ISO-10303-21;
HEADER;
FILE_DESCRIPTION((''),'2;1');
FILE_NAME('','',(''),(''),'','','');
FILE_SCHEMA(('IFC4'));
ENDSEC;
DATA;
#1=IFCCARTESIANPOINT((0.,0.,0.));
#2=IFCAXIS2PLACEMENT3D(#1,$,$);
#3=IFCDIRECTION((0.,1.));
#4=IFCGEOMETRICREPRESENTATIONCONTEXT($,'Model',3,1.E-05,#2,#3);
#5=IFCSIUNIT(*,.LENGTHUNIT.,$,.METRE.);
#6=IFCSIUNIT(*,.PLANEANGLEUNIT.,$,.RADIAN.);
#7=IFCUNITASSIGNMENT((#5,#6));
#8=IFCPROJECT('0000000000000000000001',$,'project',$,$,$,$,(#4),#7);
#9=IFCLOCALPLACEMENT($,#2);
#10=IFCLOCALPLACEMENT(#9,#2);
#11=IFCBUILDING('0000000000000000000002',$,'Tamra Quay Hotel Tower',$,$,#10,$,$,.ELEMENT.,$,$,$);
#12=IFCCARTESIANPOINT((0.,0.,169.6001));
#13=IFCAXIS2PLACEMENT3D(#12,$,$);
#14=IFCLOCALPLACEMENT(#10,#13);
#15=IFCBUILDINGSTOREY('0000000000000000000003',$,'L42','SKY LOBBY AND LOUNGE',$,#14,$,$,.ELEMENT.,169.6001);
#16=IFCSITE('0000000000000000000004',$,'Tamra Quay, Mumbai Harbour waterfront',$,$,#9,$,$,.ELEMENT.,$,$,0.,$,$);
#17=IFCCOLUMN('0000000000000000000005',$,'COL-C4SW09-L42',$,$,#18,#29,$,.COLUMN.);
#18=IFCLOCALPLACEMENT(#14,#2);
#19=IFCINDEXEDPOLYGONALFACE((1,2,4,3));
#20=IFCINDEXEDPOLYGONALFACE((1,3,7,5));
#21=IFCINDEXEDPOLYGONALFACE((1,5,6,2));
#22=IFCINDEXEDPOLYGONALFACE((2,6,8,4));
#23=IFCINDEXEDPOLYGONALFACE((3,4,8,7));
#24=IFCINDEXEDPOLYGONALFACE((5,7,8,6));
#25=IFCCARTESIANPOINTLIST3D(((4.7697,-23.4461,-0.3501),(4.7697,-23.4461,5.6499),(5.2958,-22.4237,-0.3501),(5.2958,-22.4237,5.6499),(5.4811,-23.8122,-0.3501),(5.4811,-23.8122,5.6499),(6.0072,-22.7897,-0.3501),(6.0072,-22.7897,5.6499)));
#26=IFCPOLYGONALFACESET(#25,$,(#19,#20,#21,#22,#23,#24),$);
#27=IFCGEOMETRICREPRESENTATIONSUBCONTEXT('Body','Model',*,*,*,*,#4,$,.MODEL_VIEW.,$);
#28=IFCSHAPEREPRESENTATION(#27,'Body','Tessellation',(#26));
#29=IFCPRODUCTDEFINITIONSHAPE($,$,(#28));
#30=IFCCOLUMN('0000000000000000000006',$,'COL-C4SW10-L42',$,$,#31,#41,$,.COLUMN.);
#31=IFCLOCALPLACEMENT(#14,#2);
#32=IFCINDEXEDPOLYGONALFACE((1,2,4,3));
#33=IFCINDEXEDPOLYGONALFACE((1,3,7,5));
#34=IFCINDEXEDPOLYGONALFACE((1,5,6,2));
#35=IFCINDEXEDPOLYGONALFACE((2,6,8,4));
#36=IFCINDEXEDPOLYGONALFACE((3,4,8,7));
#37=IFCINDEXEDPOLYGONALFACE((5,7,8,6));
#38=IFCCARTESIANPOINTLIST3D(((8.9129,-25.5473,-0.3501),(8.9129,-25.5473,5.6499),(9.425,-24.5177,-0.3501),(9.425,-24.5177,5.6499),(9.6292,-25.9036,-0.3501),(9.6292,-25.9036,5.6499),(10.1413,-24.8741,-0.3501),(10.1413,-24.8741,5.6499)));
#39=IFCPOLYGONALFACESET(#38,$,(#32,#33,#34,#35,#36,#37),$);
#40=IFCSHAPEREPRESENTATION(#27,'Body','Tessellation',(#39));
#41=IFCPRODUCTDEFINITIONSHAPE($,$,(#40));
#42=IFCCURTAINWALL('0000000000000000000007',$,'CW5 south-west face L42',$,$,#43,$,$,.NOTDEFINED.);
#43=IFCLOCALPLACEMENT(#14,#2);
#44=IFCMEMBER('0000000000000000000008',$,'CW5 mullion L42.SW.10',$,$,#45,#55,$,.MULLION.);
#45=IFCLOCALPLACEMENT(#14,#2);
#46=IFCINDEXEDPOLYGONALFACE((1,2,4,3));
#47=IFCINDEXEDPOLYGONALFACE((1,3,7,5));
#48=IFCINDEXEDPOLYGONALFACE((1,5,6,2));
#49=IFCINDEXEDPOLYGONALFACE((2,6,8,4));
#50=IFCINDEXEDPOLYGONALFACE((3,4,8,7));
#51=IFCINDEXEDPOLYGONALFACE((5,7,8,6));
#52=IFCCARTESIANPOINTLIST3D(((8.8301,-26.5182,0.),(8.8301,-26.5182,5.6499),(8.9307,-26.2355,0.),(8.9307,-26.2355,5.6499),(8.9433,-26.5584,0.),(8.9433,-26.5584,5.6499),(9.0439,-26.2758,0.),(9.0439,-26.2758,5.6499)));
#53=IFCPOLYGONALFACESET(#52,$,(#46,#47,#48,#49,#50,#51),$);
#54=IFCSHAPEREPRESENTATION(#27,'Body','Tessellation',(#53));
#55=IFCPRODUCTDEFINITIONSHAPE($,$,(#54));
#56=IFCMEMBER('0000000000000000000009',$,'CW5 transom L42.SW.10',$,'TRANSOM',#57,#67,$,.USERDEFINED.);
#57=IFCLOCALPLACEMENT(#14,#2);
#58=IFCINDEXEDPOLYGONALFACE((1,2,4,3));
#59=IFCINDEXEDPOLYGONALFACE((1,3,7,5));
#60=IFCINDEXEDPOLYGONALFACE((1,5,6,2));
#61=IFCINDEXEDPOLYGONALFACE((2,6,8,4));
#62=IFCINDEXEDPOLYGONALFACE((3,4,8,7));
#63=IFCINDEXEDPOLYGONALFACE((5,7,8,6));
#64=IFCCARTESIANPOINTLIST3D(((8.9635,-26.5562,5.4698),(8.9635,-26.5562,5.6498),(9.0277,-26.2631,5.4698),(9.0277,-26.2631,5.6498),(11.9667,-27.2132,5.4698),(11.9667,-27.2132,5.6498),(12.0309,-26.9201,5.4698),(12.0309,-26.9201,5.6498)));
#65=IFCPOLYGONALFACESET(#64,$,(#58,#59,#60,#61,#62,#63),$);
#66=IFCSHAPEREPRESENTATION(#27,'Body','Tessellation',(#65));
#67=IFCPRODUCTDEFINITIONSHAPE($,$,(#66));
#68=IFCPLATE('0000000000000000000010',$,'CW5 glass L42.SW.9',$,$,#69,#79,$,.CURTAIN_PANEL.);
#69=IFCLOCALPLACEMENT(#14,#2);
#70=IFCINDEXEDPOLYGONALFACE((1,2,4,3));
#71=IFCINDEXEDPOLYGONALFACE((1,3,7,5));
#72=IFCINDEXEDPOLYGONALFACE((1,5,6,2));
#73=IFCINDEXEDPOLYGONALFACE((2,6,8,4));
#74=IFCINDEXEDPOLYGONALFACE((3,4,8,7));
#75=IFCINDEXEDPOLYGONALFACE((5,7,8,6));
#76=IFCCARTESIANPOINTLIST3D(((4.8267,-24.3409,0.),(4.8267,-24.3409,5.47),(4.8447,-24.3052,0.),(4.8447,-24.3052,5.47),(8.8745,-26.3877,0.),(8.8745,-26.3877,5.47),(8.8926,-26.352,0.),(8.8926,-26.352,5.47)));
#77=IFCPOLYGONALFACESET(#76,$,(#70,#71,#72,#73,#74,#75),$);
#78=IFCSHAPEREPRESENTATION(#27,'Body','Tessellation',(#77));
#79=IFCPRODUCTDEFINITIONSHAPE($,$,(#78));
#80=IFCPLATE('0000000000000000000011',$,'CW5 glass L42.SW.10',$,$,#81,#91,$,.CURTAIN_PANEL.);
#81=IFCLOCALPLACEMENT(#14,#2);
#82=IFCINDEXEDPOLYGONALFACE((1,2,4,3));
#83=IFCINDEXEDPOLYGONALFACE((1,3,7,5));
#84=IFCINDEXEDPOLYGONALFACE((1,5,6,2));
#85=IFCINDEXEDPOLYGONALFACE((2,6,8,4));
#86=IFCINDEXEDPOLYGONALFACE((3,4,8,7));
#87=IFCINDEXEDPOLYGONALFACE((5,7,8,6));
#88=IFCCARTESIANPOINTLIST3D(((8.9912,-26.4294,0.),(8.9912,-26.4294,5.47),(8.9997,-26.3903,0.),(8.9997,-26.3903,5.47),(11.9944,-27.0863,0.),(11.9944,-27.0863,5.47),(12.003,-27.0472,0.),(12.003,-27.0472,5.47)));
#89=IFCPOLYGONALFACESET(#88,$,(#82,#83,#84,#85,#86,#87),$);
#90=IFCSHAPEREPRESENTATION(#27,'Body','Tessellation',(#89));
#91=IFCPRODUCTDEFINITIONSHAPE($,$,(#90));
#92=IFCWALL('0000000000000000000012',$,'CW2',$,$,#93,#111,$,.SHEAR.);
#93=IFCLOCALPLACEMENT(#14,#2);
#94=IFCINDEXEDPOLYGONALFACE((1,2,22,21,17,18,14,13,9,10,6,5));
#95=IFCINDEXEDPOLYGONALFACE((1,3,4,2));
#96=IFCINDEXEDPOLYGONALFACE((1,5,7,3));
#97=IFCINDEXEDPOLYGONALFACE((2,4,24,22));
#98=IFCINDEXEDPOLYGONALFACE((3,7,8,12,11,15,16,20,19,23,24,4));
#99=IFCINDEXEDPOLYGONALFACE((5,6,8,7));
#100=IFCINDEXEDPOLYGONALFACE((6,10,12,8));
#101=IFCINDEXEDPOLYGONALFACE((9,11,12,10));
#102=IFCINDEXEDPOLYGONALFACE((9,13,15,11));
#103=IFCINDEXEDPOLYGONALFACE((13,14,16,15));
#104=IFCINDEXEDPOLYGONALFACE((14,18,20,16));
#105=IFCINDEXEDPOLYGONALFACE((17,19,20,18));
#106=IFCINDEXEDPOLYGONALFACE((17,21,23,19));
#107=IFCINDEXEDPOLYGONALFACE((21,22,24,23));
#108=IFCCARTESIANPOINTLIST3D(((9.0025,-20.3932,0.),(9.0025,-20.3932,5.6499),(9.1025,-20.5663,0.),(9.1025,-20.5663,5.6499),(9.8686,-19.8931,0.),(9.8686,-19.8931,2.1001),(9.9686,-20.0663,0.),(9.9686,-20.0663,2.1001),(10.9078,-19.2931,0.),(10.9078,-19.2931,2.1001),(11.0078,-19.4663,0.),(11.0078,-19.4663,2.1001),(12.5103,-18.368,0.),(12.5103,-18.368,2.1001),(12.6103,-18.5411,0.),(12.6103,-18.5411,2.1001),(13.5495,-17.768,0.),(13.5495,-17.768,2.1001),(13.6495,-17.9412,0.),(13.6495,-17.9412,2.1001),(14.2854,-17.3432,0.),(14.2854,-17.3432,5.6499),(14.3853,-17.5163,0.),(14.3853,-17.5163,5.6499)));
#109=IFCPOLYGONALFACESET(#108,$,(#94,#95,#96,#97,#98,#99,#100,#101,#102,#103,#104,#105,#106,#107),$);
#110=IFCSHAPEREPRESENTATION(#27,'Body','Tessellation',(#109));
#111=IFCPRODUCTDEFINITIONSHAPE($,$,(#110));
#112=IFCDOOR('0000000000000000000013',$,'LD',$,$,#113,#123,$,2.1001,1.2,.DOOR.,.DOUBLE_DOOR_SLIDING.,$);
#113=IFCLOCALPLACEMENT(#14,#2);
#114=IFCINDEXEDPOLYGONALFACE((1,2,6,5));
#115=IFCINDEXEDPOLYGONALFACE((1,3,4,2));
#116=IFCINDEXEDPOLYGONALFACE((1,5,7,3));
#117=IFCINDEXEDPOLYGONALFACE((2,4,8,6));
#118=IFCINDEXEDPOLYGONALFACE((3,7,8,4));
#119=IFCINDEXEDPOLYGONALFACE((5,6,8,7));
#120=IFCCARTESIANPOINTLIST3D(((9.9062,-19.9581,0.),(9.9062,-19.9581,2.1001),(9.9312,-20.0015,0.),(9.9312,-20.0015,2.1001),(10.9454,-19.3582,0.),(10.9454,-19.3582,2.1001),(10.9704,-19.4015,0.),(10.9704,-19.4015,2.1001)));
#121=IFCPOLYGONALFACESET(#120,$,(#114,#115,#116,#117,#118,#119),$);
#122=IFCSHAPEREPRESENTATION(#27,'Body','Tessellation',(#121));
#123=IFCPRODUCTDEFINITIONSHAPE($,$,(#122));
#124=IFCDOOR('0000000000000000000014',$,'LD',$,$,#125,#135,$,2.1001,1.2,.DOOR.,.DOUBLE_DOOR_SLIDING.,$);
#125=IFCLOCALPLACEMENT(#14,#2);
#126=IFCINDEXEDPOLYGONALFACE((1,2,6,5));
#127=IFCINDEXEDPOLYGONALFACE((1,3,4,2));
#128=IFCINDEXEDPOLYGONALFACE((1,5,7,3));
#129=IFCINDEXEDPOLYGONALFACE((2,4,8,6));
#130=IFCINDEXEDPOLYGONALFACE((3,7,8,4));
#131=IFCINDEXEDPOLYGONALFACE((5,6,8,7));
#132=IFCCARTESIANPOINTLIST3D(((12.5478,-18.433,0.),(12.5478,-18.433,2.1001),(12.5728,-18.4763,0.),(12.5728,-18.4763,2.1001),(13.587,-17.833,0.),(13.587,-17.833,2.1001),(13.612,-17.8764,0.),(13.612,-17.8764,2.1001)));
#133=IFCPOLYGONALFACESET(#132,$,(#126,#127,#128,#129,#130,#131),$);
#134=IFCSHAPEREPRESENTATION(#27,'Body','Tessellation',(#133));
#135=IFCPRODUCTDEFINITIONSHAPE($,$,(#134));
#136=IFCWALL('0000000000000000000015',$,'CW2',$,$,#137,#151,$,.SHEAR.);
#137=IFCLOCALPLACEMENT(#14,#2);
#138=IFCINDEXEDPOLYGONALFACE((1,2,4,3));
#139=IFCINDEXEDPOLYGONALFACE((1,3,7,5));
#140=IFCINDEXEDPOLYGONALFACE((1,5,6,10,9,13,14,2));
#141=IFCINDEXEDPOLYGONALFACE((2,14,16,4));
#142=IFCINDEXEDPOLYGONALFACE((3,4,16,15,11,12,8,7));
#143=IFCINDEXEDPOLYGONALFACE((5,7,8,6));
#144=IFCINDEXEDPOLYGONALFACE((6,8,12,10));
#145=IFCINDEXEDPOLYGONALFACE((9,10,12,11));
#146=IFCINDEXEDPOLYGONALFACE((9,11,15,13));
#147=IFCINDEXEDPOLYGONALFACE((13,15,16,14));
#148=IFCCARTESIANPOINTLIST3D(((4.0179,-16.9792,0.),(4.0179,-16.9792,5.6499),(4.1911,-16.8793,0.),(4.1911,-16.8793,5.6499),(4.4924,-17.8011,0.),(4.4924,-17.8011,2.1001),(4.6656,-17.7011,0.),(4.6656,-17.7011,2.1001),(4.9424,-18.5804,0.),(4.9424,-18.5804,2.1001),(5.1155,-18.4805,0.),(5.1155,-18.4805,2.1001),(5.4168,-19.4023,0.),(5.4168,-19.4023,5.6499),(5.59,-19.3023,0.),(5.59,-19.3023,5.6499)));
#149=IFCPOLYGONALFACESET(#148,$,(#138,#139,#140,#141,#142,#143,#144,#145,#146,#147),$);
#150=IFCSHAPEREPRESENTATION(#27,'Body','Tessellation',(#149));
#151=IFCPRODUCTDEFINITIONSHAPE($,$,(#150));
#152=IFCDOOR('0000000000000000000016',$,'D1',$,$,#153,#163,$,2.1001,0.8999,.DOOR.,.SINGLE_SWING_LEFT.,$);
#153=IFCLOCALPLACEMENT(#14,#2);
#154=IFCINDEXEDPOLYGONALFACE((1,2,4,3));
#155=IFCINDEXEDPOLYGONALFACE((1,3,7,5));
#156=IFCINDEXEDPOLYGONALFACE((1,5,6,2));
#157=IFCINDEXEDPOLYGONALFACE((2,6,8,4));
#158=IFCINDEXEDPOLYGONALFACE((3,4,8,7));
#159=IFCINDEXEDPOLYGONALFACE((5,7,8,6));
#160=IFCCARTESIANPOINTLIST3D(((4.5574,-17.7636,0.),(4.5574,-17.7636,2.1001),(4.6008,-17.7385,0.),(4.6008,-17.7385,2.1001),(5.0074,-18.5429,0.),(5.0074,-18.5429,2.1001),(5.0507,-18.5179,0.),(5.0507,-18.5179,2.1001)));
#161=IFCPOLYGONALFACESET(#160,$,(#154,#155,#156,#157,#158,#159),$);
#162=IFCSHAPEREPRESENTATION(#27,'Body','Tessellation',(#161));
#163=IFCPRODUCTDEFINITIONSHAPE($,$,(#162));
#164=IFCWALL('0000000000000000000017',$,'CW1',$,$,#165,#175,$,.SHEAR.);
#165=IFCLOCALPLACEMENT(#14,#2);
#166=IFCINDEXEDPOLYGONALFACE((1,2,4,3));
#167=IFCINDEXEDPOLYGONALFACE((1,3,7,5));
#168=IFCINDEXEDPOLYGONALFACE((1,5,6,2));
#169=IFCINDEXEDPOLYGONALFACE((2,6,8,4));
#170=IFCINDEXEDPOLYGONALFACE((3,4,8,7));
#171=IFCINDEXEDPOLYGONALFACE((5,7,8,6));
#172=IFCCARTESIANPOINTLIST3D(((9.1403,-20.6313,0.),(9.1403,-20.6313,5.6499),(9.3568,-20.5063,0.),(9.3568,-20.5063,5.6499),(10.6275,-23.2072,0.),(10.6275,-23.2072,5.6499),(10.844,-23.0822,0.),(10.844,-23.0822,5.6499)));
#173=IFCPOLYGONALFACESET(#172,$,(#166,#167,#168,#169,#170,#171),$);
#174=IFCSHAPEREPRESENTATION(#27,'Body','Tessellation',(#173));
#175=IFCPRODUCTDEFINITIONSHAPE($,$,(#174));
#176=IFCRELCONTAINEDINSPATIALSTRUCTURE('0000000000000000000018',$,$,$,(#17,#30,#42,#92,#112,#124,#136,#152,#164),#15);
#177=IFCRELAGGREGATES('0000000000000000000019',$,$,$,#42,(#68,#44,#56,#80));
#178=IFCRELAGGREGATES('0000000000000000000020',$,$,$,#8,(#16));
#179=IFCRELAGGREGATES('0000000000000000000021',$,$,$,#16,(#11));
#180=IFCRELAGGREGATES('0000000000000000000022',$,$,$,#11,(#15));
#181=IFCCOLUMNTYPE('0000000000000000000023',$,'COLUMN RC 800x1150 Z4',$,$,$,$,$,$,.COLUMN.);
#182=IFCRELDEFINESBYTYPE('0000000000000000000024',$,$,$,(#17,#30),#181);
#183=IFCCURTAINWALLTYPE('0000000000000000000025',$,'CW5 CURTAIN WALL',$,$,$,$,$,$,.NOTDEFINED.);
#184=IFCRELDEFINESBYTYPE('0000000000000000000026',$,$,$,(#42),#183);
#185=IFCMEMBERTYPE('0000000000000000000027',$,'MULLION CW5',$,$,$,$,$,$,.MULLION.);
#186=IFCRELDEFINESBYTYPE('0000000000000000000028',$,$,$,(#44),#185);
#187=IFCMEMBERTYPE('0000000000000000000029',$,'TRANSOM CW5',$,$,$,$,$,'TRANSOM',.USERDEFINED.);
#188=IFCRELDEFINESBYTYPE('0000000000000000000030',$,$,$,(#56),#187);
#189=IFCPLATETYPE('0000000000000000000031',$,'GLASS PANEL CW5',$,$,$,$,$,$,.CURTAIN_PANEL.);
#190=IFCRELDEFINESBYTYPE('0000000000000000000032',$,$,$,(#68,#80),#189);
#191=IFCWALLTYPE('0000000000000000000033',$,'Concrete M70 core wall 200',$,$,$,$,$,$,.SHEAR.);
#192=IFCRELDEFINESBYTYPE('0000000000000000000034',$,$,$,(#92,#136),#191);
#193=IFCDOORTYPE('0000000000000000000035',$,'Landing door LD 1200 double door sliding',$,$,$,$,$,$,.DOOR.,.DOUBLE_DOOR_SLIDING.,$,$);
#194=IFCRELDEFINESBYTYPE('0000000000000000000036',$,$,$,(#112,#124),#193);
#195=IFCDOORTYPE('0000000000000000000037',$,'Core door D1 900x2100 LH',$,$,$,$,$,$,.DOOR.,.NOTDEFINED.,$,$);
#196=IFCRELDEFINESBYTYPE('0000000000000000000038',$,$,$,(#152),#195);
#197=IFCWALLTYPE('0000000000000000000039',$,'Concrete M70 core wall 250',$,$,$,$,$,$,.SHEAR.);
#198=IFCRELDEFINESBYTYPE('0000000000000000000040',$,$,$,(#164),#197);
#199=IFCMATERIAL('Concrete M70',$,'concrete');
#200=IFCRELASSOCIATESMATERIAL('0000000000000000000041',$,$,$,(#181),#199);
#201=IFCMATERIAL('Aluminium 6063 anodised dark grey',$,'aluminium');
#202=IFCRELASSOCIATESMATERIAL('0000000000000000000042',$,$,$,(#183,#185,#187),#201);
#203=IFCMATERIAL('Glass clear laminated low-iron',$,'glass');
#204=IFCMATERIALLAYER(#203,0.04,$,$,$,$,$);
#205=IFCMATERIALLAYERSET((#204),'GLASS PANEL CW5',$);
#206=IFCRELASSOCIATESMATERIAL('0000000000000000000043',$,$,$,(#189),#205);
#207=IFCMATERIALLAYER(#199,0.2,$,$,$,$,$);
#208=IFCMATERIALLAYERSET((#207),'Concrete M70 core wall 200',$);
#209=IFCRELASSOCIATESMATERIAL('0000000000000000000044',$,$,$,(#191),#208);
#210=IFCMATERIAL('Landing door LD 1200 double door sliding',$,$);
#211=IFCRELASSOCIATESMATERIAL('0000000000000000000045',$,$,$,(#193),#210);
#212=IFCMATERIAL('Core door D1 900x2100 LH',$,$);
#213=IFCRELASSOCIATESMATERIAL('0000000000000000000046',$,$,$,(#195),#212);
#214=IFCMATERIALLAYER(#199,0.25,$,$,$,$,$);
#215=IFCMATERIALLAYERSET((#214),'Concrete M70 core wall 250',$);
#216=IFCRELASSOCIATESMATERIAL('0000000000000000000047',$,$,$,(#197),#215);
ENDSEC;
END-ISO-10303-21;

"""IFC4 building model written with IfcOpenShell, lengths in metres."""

from ifc_helpers import new_model, si_unit, direction, frame, frame_2d, origin, origin_2d, place, context, subcontext, project, spatial, rectangle, extrude, material, layer, layer_set, material_profile, profile_set, type_object, element, fill, aggregate, save


model = new_model("IFC4")

# Units and contexts
model_context = context("Model", 3, precision=1e-05, world=origin(), true_north=direction((0.0, 1.0)))
body_context = subcontext(model_context, "Body", "Model", "MODEL_VIEW")
ifc_project = project(units=[si_unit("LENGTHUNIT", "METRE"), si_unit("PLANEANGLEUNIT", "RADIAN")], contexts=[model_context])

# Site, building, storey
site_placement = place(None, origin())
site = spatial("IfcSite", under=ifc_project, at=site_placement, Name="Tamra Quay, Mumbai Harbour waterfront", CompositionType="ELEMENT", RefElevation=0.0)
building_placement = place(site_placement, origin())
building = spatial("IfcBuilding", under=site, at=building_placement, Name="Tamra Quay Hotel Tower", CompositionType="ELEMENT")
storey_placement = place(building_placement, frame((0.0, 0.0, 169.6001)))
storey = spatial("IfcBuildingStorey", under=building, at=storey_placement, Name="L42", Description="SKY LOBBY AND LOUNGE", CompositionType="ELEMENT", Elevation=169.6001)

# Columns
ifc_material_1 = material(Name="Concrete M70", Category="concrete")
ifc_material_profile_1 = material_profile(ifc_material_1, rectangle(XDim=1.1499, YDim=0.8, at=origin_2d()), Name="COLUMN RC 800x1150 Z4")
ifc_profile_set_1 = profile_set([ifc_material_profile_1], Name="Concrete M70")
column_type = type_object("IfcColumnType", Name="COLUMN RC 800x1150 Z4", PredefinedType="COLUMN", material=ifc_profile_set_1)
for number, where, z_axis, x_axis, name in (
    (1, (5.3884, -23.1179, -0.3501), (0.0, 0.0, 1.0), (0.457548, 0.889185, 0.0), "COL-C4SW09-L42"),
    (2, (9.5271, -25.2107, -0.3501), (0.0, 0.0, 1.0), (0.445415, 0.895324, 0.0), "COL-C4SW10-L42"),
):
    element("IfcColumn", number, at=place(storey_placement, frame(where, z_axis=z_axis, x_axis=x_axis)), inside=storey, type_object=column_type, Name=name, PredefinedType="COLUMN", context=body_context, shape_type="SweptSolid", body=[
        extrude(rectangle(XDim=1.1499, YDim=0.8, at=origin_2d()), origin(), (0.0, 0.0, 1.0), 6.0),
    ])

# Curtain wall, members, plates
ifc_material_2 = material(Name="Aluminium 6063 anodised dark grey", Category="aluminium")
curtain_wall_type = type_object("IfcCurtainWallType", Name="CW5 CURTAIN WALL", PredefinedType="NOTDEFINED", material=ifc_material_2)
curtain_wall_placement = place(storey_placement, origin())
curtain_wall = element("IfcCurtainWall", 3, at=curtain_wall_placement, inside=storey, type_object=curtain_wall_type, Name="CW5 south-west face L42", PredefinedType="NOTDEFINED")
ifc_material_profile_2 = material_profile(ifc_material_2, rectangle(XDim=0.3, YDim=0.1201, at=origin_2d()), Name="MULLION 120X300")
ifc_profile_set_2 = profile_set([ifc_material_profile_2], Name="Aluminium 6063 anodised dark grey")
member_type_1 = type_object("IfcMemberType", Name="MULLION CW5", PredefinedType="MULLION", material=ifc_profile_set_2)
member_1_placement = place(storey_placement, frame((8.937, -26.397, 0.0), z_axis=(0.0, 0.0, 1.0), x_axis=(-0.335128, -0.942173, 0.0)))
member_1 = element("IfcMember", 4, at=member_1_placement, type_object=member_type_1, Name="CW5 mullion L42.SW.10", PredefinedType="MULLION", context=body_context, shape_type="SweptSolid", body=[
    extrude(rectangle(XDim=0.3, YDim=0.1201, at=origin_2d()), origin(), (0.0, 0.0, 1.0), 5.6499),
])
ifc_material_profile_3 = material_profile(ifc_material_2, rectangle(XDim=0.3, YDim=0.1799, at=origin_2d()), Name="TRANSOM 300X180")
ifc_profile_set_3 = profile_set([ifc_material_profile_3], Name="Aluminium 6063 anodised dark grey")
member_type_2 = type_object("IfcMemberType", Name="TRANSOM CW5", ElementType="TRANSOM", PredefinedType="USERDEFINED", material=ifc_profile_set_3)
member_2_placement = place(storey_placement, frame((8.9956, -26.4097, 5.5598), z_axis=(0.976897, -0.213709, 0.0), x_axis=(0.213709, 0.976897, 0.0)))
member_2 = element("IfcMember", 5, at=member_2_placement, type_object=member_type_2, Name="CW5 transom L42.SW.10", ObjectType="TRANSOM", PredefinedType="USERDEFINED", context=body_context, shape_type="SweptSolid", body=[
    extrude(rectangle(XDim=0.3, YDim=0.1799, at=origin_2d()), origin(), (0.0, 0.0, 1.0), 3.0742),
])
ifc_material_3 = material(Name="Glass clear laminated low-iron", Category="glass")
ifc_layer_1 = layer(ifc_material_3, 0.04)
ifc_layer_set_1 = layer_set([ifc_layer_1], Name="GLASS PANEL CW5")
plate_type = type_object("IfcPlateType", Name="GLASS PANEL CW5", PredefinedType="CURTAIN_PANEL", material=ifc_layer_set_1)
plate_1_placement = place(storey_placement, frame((6.8596, -25.3464, 0.0), z_axis=(0.0, 0.0, 1.0), x_axis=(0.892403, -0.451239, 0.0)))
plate_1 = element("IfcPlate", 6, at=plate_1_placement, type_object=plate_type, Name="CW5 glass L42.SW.9", PredefinedType="CURTAIN_PANEL", context=body_context, shape_type="SweptSolid", body=[
    extrude(rectangle(XDim=4.5359, YDim=0.04, at=origin_2d()), origin(), (0.0, 0.0, 1.0), 5.47),
])
plate_2_placement = place(storey_placement, frame((10.4971, -26.7383, 0.0), z_axis=(0.0, 0.0, 1.0), x_axis=(0.976906, -0.213669, 0.0)))
plate_2 = element("IfcPlate", 7, at=plate_2_placement, type_object=plate_type, Name="CW5 glass L42.SW.10", PredefinedType="CURTAIN_PANEL", context=body_context, shape_type="SweptSolid", body=[
    extrude(rectangle(XDim=3.0742, YDim=0.04, at=origin_2d()), origin(), (0.0, 0.0, 1.0), 5.47),
])
aggregate(curtain_wall, [plate_1, member_1, member_2, plate_2])

# Wall, openings, doors
ifc_layer_2 = layer(ifc_material_1, 0.2)
ifc_layer_set_2 = layer_set([ifc_layer_2], Name="Concrete M70 core wall 200")
wall_type_1 = type_object("IfcWallType", Name="Concrete M70 core wall 200", PredefinedType="SHEAR", material=ifc_layer_set_2)
wall_1_placement = place(storey_placement, frame((9.0525, -20.4797, 0.0), z_axis=(0.0, 0.0, 1.0), x_axis=(0.86603, 0.499992, 0.0)))
wall_1 = element("IfcWall", 8, at=wall_1_placement, inside=storey, type_object=wall_type_1, Name="CW2", PredefinedType="SHEAR", context=body_context, shape_type="SweptSolid", body=[
    extrude(rectangle(XDim=6.1001, YDim=0.2, at=frame_2d((3.05, 0.0))), origin(), (0.0, 0.0, 1.0), 5.6499),
])
opening_1_placement = place(wall_1_placement, frame((1.0, 0.0, 0.0)))
opening_1 = element("IfcOpeningElement", 9, at=opening_1_placement, cuts=wall_1, PredefinedType="OPENING", context=body_context, shape_type="SweptSolid", body=[
    extrude(rectangle(XDim=1.2, YDim=2.1001, at=frame_2d((0.6001, 1.05))), frame((0.0, 0.1099, 0.0), z_axis=(0.0, -1.0, 0.0), x_axis=(1.0, 0.0, 0.0)), (0.0, 0.0, 1.0), 0.22),
])
opening_2_placement = place(wall_1_placement, frame((4.0503, 0.0, 0.0)))
opening_2 = element("IfcOpeningElement", 10, at=opening_2_placement, cuts=wall_1, PredefinedType="OPENING", context=body_context, shape_type="SweptSolid", body=[
    extrude(rectangle(XDim=1.2, YDim=2.1001, at=frame_2d((0.6001, 1.05))), frame((0.0, 0.1099, 0.0), z_axis=(0.0, -1.0, 0.0), x_axis=(1.0, 0.0, 0.0)), (0.0, 0.0, 1.0), 0.22),
])
ifc_material_4 = material(Name="Landing door LD 1200 double door sliding")
door_type_1 = type_object("IfcDoorType", Name="Landing door LD 1200 double door sliding", OperationType="DOUBLE_DOOR_SLIDING", PredefinedType="DOOR", material=ifc_material_4)
door_1_placement = place(opening_1_placement, origin())
door_1 = element("IfcDoor", 11, at=door_1_placement, inside=storey, type_object=door_type_1, Name="LD", OperationType="DOUBLE_DOOR_SLIDING", OverallHeight=2.1001, OverallWidth=1.2, PredefinedType="DOOR", context=body_context, shape_type="SweptSolid", body=[
    extrude(rectangle(XDim=1.2, YDim=2.1001, at=frame_2d((0.6001, 1.05))), frame((0.0, 0.0249, 0.0), z_axis=(0.0, -1.0, 0.0), x_axis=(1.0, 0.0, 0.0)), (0.0, 0.0, 1.0), 0.05),
])
fill(opening_1, door_1)
door_2_placement = place(opening_2_placement, origin())
door_2 = element("IfcDoor", 12, at=door_2_placement, inside=storey, type_object=door_type_1, Name="LD", OperationType="DOUBLE_DOOR_SLIDING", OverallHeight=2.1001, OverallWidth=1.2, PredefinedType="DOOR", context=body_context, shape_type="SweptSolid", body=[
    extrude(rectangle(XDim=1.2, YDim=2.1001, at=frame_2d((0.6001, 1.05))), frame((0.0, 0.0249, 0.0), z_axis=(0.0, -1.0, 0.0), x_axis=(1.0, 0.0, 0.0)), (0.0, 0.0, 1.0), 0.05),
])
fill(opening_2, door_2)

# Wall, opening, door
wall_2_placement = place(storey_placement, frame((5.5034, -19.3523, 0.0), z_axis=(0.0, 0.0, 1.0), x_axis=(-0.499987, 0.866033, 0.0)))
wall_2 = element("IfcWall", 13, at=wall_2_placement, inside=storey, type_object=wall_type_1, Name="CW2", PredefinedType="SHEAR", context=body_context, shape_type="SweptSolid", body=[
    extrude(rectangle(XDim=2.7979, YDim=0.2, at=frame_2d((1.3989, 0.0))), origin(), (0.0, 0.0, 1.0), 5.6499),
])
opening_3_placement = place(wall_2_placement, frame((0.949, 0.0, 0.0)))
opening_3 = element("IfcOpeningElement", 14, at=opening_3_placement, cuts=wall_2, PredefinedType="OPENING", context=body_context, shape_type="SweptSolid", body=[
    extrude(rectangle(XDim=0.8999, YDim=2.1001, at=frame_2d((0.45, 1.05))), frame((0.0, 0.1099, 0.0), z_axis=(0.0, -1.0, 0.0), x_axis=(1.0, 0.0, 0.0)), (0.0, 0.0, 1.0), 0.22),
])
ifc_material_5 = material(Name="Core door D1 900x2100 LH")
door_type_2 = type_object("IfcDoorType", Name="Core door D1 900x2100 LH", OperationType="NOTDEFINED", PredefinedType="DOOR", material=ifc_material_5)
door_3_placement = place(opening_3_placement, origin())
door_3 = element("IfcDoor", 15, at=door_3_placement, inside=storey, type_object=door_type_2, Name="D1", OperationType="SINGLE_SWING_LEFT", OverallHeight=2.1001, OverallWidth=0.8999, PredefinedType="DOOR", context=body_context, shape_type="SweptSolid", body=[
    extrude(rectangle(XDim=0.8999, YDim=2.1001, at=frame_2d((0.45, 1.05))), frame((0.0, 0.0249, 0.0), z_axis=(0.0, -1.0, 0.0), x_axis=(1.0, 0.0, 0.0)), (0.0, 0.0, 1.0), 0.05),
])
fill(opening_3, door_3)

# Wall
ifc_layer_3 = layer(ifc_material_1, 0.25)
ifc_layer_set_3 = layer_set([ifc_layer_3], Name="Concrete M70 core wall 250")
wall_type_2 = type_object("IfcWallType", Name="Concrete M70 core wall 250", PredefinedType="SHEAR", material=ifc_layer_set_3)
wall_3_placement = place(storey_placement, frame((10.7358, -23.1448, 0.0), z_axis=(0.0, 0.0, 1.0), x_axis=(-0.500023, 0.866012, 0.0)))
element("IfcWall", 16, at=wall_3_placement, inside=storey, type_object=wall_type_2, Name="CW1", PredefinedType="SHEAR", context=body_context, shape_type="SweptSolid", body=[
    extrude(rectangle(XDim=2.9744, YDim=0.25, at=frame_2d((1.4873, 0.0))), origin(), (0.0, 0.0, 1.0), 5.6499),
])

save(model, "model.ifc")
